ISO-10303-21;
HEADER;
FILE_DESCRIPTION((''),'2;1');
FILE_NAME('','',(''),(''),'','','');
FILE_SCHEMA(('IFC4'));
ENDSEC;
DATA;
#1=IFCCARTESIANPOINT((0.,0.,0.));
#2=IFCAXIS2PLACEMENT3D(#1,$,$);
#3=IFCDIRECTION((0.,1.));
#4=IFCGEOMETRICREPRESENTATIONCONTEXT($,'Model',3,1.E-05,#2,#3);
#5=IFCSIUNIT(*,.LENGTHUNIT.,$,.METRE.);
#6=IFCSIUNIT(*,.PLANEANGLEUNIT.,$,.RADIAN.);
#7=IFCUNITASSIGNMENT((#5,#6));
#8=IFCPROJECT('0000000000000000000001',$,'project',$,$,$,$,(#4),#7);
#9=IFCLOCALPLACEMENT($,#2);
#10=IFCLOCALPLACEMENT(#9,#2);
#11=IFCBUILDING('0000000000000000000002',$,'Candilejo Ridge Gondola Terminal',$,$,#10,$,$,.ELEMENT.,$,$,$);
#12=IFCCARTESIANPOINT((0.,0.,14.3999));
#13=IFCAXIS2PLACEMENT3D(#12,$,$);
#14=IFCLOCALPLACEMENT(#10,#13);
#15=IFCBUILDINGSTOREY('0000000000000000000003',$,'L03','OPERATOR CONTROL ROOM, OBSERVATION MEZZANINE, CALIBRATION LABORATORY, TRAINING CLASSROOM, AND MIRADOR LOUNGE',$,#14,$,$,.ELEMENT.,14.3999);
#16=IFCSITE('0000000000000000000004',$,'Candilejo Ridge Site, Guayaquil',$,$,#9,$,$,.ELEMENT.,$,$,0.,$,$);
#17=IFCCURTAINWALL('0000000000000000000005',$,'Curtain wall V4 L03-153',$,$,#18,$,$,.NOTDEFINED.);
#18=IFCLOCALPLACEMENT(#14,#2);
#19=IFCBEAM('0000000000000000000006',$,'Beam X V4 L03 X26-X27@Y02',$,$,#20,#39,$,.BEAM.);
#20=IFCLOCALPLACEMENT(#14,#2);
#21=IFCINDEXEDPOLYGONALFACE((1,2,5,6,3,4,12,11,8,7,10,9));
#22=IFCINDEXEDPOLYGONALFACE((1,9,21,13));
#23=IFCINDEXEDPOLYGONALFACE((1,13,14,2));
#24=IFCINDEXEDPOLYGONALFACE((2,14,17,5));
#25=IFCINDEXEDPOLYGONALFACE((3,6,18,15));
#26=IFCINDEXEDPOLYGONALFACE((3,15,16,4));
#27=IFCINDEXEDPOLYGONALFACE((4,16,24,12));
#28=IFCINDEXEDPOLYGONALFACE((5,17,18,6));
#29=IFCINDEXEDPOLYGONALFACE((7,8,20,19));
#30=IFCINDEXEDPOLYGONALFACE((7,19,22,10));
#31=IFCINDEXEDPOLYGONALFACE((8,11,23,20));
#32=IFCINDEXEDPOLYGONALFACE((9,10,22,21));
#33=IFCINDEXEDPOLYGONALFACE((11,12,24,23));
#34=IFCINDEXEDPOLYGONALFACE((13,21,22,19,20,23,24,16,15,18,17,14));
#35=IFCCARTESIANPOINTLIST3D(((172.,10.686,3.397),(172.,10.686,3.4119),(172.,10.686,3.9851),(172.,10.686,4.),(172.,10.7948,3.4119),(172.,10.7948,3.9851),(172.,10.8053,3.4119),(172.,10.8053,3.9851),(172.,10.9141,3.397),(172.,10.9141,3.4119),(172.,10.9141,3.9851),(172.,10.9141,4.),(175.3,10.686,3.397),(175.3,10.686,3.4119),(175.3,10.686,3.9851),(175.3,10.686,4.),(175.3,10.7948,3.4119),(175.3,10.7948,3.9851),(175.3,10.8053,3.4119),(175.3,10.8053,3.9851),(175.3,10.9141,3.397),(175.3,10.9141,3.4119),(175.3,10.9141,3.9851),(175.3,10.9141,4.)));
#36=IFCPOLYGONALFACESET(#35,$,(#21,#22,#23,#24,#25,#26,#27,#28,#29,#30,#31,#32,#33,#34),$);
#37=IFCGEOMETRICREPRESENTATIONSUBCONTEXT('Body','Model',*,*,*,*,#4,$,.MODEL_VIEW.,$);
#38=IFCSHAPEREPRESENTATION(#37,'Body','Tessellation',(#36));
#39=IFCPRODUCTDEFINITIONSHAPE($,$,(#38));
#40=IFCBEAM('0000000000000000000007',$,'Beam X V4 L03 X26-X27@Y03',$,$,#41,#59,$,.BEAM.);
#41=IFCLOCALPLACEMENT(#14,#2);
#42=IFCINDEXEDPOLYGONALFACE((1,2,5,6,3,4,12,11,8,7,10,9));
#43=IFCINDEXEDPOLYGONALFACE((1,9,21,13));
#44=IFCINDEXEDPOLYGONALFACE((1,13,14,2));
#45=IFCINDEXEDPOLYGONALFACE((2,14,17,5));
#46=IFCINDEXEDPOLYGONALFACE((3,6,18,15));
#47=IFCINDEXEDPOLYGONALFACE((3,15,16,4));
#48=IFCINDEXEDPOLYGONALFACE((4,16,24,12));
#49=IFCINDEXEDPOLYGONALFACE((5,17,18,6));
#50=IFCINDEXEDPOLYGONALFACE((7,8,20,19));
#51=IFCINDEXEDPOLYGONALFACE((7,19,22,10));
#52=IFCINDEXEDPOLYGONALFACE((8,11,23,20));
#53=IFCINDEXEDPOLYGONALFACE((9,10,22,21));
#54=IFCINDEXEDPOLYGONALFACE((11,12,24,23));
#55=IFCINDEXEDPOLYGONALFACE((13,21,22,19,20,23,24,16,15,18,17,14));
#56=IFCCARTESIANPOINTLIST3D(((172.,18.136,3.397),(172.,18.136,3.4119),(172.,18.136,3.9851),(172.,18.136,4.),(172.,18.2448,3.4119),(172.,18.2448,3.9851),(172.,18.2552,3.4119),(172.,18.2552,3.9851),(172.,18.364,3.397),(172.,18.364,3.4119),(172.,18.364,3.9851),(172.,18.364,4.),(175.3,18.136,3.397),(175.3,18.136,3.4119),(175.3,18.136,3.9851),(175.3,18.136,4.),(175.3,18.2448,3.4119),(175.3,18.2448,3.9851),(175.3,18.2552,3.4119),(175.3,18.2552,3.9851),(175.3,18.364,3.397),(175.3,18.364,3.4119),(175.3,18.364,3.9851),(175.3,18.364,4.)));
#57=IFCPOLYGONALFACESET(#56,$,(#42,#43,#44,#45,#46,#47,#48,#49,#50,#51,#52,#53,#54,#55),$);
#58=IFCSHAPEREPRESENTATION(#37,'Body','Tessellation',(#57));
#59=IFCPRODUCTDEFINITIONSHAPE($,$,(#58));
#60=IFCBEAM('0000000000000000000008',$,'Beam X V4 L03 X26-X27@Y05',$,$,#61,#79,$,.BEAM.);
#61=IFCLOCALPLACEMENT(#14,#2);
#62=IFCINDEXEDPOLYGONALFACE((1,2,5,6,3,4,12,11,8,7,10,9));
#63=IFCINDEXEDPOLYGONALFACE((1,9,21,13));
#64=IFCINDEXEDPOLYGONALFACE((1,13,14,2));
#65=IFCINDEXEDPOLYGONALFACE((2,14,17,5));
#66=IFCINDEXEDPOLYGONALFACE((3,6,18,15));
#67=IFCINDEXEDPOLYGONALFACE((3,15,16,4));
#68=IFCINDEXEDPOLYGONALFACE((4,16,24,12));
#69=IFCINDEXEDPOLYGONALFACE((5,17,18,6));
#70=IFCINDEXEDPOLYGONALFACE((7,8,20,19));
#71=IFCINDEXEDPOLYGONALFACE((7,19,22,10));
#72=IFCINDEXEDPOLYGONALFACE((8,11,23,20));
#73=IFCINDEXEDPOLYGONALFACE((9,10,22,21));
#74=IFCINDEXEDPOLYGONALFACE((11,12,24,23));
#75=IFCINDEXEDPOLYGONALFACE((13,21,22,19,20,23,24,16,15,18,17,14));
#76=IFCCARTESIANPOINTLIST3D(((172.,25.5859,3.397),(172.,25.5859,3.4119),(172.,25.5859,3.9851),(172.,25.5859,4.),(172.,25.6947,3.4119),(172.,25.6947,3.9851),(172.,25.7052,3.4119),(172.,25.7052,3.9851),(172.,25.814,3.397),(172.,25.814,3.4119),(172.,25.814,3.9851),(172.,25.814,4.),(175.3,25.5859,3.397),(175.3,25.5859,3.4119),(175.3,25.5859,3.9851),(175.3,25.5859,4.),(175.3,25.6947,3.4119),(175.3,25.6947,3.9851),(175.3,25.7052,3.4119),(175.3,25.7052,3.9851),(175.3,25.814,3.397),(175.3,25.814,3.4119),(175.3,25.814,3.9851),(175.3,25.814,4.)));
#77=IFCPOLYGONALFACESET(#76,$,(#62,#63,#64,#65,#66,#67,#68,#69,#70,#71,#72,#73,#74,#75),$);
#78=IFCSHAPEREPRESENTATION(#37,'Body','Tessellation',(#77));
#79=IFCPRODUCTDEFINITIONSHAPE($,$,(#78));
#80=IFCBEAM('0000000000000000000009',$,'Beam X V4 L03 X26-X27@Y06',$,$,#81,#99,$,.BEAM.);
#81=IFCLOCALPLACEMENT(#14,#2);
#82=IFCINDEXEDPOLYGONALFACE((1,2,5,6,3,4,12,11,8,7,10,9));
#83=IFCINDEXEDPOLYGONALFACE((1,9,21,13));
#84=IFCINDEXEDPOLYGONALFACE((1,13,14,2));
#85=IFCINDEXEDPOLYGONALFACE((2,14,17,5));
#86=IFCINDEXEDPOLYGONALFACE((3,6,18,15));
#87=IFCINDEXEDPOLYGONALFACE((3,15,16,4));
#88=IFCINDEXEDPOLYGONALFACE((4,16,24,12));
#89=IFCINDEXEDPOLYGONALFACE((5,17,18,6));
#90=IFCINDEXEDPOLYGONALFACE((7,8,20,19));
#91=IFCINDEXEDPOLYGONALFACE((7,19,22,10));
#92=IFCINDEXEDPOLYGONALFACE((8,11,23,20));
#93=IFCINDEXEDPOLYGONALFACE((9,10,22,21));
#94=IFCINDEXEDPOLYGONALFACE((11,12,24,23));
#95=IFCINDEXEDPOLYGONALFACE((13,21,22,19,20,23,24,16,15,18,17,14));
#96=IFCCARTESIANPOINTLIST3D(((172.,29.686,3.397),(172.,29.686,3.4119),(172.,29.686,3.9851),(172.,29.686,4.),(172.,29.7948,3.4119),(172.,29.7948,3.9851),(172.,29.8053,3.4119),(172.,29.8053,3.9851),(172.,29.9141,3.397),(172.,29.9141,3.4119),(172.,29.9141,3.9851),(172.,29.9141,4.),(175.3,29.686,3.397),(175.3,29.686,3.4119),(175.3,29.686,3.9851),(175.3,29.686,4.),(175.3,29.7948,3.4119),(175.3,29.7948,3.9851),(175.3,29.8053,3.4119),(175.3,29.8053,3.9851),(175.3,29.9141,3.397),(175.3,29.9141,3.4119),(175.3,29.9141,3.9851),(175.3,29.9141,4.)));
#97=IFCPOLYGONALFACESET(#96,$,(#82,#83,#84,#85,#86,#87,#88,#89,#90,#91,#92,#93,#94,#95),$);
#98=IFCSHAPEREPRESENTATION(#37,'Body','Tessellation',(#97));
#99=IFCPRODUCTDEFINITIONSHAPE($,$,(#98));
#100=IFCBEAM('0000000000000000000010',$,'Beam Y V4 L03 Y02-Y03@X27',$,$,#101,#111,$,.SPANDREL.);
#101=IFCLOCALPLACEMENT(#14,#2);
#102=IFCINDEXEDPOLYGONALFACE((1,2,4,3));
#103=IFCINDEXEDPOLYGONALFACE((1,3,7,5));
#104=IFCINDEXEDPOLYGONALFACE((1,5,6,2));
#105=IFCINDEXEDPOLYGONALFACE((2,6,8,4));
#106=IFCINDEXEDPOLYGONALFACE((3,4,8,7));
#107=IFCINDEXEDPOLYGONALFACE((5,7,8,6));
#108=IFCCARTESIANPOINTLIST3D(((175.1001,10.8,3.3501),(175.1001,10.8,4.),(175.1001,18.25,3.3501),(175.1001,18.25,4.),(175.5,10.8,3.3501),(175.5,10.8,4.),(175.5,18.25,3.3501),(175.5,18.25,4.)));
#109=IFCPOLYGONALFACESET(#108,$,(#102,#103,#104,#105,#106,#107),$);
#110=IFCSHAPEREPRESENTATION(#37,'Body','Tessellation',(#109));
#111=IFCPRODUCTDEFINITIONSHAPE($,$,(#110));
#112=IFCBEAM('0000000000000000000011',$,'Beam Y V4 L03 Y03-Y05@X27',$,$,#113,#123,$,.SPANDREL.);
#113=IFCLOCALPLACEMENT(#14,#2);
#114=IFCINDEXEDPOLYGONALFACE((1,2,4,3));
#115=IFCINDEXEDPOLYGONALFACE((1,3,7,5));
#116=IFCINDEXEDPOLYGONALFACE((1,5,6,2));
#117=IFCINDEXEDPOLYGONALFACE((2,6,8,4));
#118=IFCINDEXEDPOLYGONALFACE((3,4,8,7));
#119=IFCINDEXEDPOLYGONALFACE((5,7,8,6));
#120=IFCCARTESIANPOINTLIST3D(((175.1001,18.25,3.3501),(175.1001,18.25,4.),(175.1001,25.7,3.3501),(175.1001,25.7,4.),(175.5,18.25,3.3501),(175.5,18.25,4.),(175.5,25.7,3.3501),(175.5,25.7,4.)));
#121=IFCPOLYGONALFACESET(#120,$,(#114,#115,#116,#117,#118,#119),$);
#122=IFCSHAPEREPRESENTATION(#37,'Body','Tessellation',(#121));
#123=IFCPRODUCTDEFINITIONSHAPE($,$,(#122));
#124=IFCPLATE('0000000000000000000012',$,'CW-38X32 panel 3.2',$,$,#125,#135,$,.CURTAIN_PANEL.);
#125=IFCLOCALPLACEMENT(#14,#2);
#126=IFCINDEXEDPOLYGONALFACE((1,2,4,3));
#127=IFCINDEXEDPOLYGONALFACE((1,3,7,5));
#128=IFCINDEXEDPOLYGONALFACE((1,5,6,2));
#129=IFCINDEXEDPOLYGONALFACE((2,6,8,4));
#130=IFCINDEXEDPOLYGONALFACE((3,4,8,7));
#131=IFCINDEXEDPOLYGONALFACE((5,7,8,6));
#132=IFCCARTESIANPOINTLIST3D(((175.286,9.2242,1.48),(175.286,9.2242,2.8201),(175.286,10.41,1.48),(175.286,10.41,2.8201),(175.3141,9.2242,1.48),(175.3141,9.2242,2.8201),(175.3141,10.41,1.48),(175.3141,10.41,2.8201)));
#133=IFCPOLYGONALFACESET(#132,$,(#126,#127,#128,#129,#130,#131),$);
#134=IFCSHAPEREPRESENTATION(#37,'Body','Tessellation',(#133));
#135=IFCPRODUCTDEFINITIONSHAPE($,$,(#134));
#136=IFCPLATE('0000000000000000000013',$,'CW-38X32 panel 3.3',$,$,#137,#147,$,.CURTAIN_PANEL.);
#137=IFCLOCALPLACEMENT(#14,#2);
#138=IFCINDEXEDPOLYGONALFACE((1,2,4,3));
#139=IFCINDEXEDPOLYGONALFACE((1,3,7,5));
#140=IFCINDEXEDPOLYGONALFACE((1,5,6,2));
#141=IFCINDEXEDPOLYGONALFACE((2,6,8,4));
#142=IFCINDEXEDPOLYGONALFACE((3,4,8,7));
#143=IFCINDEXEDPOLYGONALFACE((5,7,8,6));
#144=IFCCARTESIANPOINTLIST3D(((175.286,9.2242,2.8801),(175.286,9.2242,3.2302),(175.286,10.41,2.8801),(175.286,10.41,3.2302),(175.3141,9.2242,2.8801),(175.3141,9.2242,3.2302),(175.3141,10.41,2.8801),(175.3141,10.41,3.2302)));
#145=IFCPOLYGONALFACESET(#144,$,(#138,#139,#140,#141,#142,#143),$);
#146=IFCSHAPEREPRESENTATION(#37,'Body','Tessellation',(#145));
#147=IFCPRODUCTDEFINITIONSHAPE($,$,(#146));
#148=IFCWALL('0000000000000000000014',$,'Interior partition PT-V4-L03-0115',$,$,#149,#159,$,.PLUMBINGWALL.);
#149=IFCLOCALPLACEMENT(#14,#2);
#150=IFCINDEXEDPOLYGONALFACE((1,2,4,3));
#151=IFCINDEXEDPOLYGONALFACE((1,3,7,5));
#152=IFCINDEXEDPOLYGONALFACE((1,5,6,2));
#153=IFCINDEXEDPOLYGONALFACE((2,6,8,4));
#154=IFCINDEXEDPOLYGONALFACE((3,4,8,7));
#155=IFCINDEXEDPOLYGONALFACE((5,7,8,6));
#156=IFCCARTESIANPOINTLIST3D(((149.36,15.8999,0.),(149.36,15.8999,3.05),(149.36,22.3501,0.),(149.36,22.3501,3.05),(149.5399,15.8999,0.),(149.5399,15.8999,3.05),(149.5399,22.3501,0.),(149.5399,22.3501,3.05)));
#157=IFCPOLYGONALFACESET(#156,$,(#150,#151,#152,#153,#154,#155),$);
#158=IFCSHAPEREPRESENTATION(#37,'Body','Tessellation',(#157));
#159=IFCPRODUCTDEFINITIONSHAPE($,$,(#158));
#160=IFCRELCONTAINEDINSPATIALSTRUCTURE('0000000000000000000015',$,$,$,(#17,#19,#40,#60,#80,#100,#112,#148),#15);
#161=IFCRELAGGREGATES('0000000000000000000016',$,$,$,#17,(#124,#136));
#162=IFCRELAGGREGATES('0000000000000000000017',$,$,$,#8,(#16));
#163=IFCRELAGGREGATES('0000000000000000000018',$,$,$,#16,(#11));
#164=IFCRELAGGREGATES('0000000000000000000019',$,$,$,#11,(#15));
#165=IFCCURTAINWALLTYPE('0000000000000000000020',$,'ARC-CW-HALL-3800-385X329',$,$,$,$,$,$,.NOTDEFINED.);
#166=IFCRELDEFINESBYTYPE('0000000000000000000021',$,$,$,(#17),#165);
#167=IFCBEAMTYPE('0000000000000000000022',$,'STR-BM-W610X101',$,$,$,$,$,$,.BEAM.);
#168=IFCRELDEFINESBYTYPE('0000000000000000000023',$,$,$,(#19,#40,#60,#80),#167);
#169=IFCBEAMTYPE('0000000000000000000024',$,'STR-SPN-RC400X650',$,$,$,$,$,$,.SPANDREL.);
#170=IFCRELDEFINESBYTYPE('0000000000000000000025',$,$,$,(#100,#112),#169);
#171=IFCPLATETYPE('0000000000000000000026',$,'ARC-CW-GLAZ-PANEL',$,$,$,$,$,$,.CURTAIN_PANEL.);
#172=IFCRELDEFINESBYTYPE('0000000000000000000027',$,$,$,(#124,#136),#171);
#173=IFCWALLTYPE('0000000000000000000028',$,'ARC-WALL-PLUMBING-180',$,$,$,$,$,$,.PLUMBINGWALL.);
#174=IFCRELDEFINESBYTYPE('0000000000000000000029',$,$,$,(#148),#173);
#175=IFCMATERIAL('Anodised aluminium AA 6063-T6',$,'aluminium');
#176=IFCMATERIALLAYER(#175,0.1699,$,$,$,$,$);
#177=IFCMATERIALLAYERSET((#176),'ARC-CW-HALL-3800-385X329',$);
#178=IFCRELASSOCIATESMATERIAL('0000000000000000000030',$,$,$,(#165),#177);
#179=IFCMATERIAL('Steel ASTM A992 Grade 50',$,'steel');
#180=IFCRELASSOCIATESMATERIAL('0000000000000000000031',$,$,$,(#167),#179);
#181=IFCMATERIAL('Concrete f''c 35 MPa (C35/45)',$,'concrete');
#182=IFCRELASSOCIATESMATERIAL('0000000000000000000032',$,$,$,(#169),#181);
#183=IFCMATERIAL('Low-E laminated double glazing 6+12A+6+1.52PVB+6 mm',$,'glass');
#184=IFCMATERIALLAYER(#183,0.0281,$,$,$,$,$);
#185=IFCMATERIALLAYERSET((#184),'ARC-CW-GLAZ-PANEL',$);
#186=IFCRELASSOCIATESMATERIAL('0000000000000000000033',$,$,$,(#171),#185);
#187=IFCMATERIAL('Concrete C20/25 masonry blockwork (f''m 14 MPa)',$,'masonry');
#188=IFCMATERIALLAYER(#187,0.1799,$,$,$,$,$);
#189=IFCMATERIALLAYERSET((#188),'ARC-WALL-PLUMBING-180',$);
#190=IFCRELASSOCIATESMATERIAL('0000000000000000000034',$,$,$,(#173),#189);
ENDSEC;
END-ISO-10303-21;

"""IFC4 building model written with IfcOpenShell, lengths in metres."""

from ifc_helpers import new_model, si_unit, direction, frame, frame_2d, origin, origin_2d, place, context, subcontext, project, spatial, rectangle, i_section, extrude, material, layer, layer_set, material_profile, profile_set, type_object, element, aggregate, save


model = new_model("IFC4")

# Units and contexts
model_context = context("Model", 3, precision=1e-05, world=origin(), true_north=direction((0.0, 1.0)))
body_context = subcontext(model_context, "Body", "Model", "MODEL_VIEW")
ifc_project = project(units=[si_unit("LENGTHUNIT", "METRE"), si_unit("PLANEANGLEUNIT", "RADIAN")], contexts=[model_context])

# Site, building, storey
site_placement = place(None, origin())
site = spatial("IfcSite", under=ifc_project, at=site_placement, Name="Candilejo Ridge Site, Guayaquil", CompositionType="ELEMENT", RefElevation=0.0)
building_placement = place(site_placement, origin())
building = spatial("IfcBuilding", under=site, at=building_placement, Name="Candilejo Ridge Gondola Terminal", CompositionType="ELEMENT")
storey_placement = place(building_placement, frame((0.0, 0.0, 14.3999)))
storey = spatial("IfcBuildingStorey", under=building, at=storey_placement, Name="L03", Description="OPERATOR CONTROL ROOM, OBSERVATION MEZZANINE, CALIBRATION LABORATORY, TRAINING CLASSROOM, AND MIRADOR LOUNGE", CompositionType="ELEMENT", Elevation=14.3999)

# Curtain wall
ifc_material_1 = material(Name="Anodised aluminium AA 6063-T6", Category="aluminium")
ifc_layer_1 = layer(ifc_material_1, 0.1699)
ifc_layer_set_1 = layer_set([ifc_layer_1], Name="ARC-CW-HALL-3800-385X329")
curtain_wall_type_1 = type_object("IfcCurtainWallType", Name="ARC-CW-HALL-3800-385X329", PredefinedType="NOTDEFINED", material=ifc_layer_set_1)
curtain_wall_1_placement = place(storey_placement, origin())
curtain_wall_1 = element("IfcCurtainWall", 1, at=curtain_wall_1_placement, inside=storey, type_object=curtain_wall_type_1, Name="Curtain wall V4 L03-153", PredefinedType="NOTDEFINED")

# Beams
ifc_material_2 = material(Name="Steel ASTM A992 Grade 50", Category="steel")
ifc_material_profile_1 = material_profile(ifc_material_2, i_section(OverallWidth=0.228, OverallDepth=0.603, WebThickness=0.0105, FlangeThickness=0.0149, at=origin_2d()))
ifc_profile_set_1 = profile_set([ifc_material_profile_1], Name="Steel ASTM A992 Grade 50")
beam_type_1 = type_object("IfcBeamType", Name="STR-BM-W610X101", PredefinedType="BEAM", material=ifc_profile_set_1)
for number, where, z_axis, x_axis, name in (
    (2, (172.0, 10.8, 3.6985), (1.0, 0.0, 0.0), (0.0, 1.0, 0.0), "Beam X V4 L03 X26-X27@Y02"),
    (3, (172.0, 18.25, 3.6985), (1.0, 0.0, 0.0), (0.0, 1.0, 0.0), "Beam X V4 L03 X26-X27@Y03"),
    (4, (172.0, 25.7, 3.6985), (1.0, 0.0, 0.0), (0.0, 1.0, 0.0), "Beam X V4 L03 X26-X27@Y05"),
    (5, (172.0, 29.8, 3.6985), (1.0, 0.0, 0.0), (0.0, 1.0, 0.0), "Beam X V4 L03 X26-X27@Y06"),
):
    element("IfcBeam", number, at=place(storey_placement, frame(where, z_axis=z_axis, x_axis=x_axis)), inside=storey, type_object=beam_type_1, Name=name, PredefinedType="BEAM", context=body_context, shape_type="SweptSolid", body=[
        extrude(i_section(OverallWidth=0.228, OverallDepth=0.603, WebThickness=0.0105, FlangeThickness=0.0149, at=origin_2d()), origin(), (0.0, 0.0, 1.0), 3.3),
    ])
ifc_material_3 = material(Name="Concrete f'c 35 MPa (C35/45)", Category="concrete")
ifc_material_profile_2 = material_profile(ifc_material_3, rectangle(XDim=0.3999, YDim=0.6499, at=origin_2d()))
ifc_profile_set_2 = profile_set([ifc_material_profile_2], Name="Concrete f'c 35 MPa (C35/45)")
beam_type_2 = type_object("IfcBeamType", Name="STR-SPN-RC400X650", PredefinedType="SPANDREL", material=ifc_profile_set_2)
for number, where, z_axis, x_axis, name in (
    (6, (175.3, 10.8, 3.675), (0.0, 1.0, 0.0), (-1.0, 0.0, 0.0), "Beam Y V4 L03 Y02-Y03@X27"),
    (7, (175.3, 18.25, 3.675), (0.0, 1.0, 0.0), (-1.0, 0.0, 0.0), "Beam Y V4 L03 Y03-Y05@X27"),
):
    element("IfcBeam", number, at=place(storey_placement, frame(where, z_axis=z_axis, x_axis=x_axis)), inside=storey, type_object=beam_type_2, Name=name, PredefinedType="SPANDREL", context=body_context, shape_type="SweptSolid", body=[
        extrude(rectangle(XDim=0.3999, YDim=0.6499, at=origin_2d()), origin(), (0.0, 0.0, 1.0), 7.45),
    ])

# Plates
ifc_material_4 = material(Name="Low-E laminated double glazing 6+12A+6+1.52PVB+6 mm", Category="glass")
ifc_layer_2 = layer(ifc_material_4, 0.0281)
ifc_layer_set_2 = layer_set([ifc_layer_2], Name="ARC-CW-GLAZ-PANEL")
plate_type = type_object("IfcPlateType", Name="ARC-CW-GLAZ-PANEL", PredefinedType="CURTAIN_PANEL", material=ifc_layer_set_2)
plate_1_placement = place(storey_placement, frame((175.3, 9.8171, 1.48), z_axis=(0.0, 0.0, 1.0), x_axis=(0.0, 1.0, 0.0)))
plate_1 = element("IfcPlate", 8, at=plate_1_placement, type_object=plate_type, Name="CW-38X32 panel 3.2", PredefinedType="CURTAIN_PANEL", context=body_context, shape_type="SweptSolid", body=[
    extrude(rectangle(XDim=1.1858, YDim=0.0281, at=origin_2d()), origin(), (0.0, 0.0, 1.0), 1.3401),
])
plate_2_placement = place(storey_placement, frame((175.3, 9.8171, 2.8801), z_axis=(0.0, 0.0, 1.0), x_axis=(0.0, 1.0, 0.0)))
plate_2 = element("IfcPlate", 9, at=plate_2_placement, type_object=plate_type, Name="CW-38X32 panel 3.3", PredefinedType="CURTAIN_PANEL", context=body_context, shape_type="SweptSolid", body=[
    extrude(rectangle(XDim=1.1858, YDim=0.0281, at=origin_2d()), origin(), (0.0, 0.0, 1.0), 0.3501),
])
aggregate(curtain_wall_1, [plate_1, plate_2])

# Wall
ifc_material_5 = material(Name="Concrete C20/25 masonry blockwork (f'm 14 MPa)", Category="masonry")
ifc_layer_3 = layer(ifc_material_5, 0.1799)
ifc_layer_set_3 = layer_set([ifc_layer_3], Name="ARC-WALL-PLUMBING-180")
wall_type = type_object("IfcWallType", Name="ARC-WALL-PLUMBING-180", PredefinedType="PLUMBINGWALL", material=ifc_layer_set_3)
wall_placement = place(storey_placement, frame((149.45, 15.8999, 0.0), z_axis=(0.0, 0.0, 1.0), x_axis=(0.0, 1.0, 0.0)))
element("IfcWall", 10, at=wall_placement, inside=storey, type_object=wall_type, Name="Interior partition PT-V4-L03-0115", PredefinedType="PLUMBINGWALL", context=body_context, shape_type="SweptSolid", body=[
    extrude(rectangle(XDim=6.4502, YDim=0.1799, at=frame_2d((3.2251, 0.0))), origin(), (0.0, 0.0, 1.0), 3.05),
])

save(model, "model.ifc")
